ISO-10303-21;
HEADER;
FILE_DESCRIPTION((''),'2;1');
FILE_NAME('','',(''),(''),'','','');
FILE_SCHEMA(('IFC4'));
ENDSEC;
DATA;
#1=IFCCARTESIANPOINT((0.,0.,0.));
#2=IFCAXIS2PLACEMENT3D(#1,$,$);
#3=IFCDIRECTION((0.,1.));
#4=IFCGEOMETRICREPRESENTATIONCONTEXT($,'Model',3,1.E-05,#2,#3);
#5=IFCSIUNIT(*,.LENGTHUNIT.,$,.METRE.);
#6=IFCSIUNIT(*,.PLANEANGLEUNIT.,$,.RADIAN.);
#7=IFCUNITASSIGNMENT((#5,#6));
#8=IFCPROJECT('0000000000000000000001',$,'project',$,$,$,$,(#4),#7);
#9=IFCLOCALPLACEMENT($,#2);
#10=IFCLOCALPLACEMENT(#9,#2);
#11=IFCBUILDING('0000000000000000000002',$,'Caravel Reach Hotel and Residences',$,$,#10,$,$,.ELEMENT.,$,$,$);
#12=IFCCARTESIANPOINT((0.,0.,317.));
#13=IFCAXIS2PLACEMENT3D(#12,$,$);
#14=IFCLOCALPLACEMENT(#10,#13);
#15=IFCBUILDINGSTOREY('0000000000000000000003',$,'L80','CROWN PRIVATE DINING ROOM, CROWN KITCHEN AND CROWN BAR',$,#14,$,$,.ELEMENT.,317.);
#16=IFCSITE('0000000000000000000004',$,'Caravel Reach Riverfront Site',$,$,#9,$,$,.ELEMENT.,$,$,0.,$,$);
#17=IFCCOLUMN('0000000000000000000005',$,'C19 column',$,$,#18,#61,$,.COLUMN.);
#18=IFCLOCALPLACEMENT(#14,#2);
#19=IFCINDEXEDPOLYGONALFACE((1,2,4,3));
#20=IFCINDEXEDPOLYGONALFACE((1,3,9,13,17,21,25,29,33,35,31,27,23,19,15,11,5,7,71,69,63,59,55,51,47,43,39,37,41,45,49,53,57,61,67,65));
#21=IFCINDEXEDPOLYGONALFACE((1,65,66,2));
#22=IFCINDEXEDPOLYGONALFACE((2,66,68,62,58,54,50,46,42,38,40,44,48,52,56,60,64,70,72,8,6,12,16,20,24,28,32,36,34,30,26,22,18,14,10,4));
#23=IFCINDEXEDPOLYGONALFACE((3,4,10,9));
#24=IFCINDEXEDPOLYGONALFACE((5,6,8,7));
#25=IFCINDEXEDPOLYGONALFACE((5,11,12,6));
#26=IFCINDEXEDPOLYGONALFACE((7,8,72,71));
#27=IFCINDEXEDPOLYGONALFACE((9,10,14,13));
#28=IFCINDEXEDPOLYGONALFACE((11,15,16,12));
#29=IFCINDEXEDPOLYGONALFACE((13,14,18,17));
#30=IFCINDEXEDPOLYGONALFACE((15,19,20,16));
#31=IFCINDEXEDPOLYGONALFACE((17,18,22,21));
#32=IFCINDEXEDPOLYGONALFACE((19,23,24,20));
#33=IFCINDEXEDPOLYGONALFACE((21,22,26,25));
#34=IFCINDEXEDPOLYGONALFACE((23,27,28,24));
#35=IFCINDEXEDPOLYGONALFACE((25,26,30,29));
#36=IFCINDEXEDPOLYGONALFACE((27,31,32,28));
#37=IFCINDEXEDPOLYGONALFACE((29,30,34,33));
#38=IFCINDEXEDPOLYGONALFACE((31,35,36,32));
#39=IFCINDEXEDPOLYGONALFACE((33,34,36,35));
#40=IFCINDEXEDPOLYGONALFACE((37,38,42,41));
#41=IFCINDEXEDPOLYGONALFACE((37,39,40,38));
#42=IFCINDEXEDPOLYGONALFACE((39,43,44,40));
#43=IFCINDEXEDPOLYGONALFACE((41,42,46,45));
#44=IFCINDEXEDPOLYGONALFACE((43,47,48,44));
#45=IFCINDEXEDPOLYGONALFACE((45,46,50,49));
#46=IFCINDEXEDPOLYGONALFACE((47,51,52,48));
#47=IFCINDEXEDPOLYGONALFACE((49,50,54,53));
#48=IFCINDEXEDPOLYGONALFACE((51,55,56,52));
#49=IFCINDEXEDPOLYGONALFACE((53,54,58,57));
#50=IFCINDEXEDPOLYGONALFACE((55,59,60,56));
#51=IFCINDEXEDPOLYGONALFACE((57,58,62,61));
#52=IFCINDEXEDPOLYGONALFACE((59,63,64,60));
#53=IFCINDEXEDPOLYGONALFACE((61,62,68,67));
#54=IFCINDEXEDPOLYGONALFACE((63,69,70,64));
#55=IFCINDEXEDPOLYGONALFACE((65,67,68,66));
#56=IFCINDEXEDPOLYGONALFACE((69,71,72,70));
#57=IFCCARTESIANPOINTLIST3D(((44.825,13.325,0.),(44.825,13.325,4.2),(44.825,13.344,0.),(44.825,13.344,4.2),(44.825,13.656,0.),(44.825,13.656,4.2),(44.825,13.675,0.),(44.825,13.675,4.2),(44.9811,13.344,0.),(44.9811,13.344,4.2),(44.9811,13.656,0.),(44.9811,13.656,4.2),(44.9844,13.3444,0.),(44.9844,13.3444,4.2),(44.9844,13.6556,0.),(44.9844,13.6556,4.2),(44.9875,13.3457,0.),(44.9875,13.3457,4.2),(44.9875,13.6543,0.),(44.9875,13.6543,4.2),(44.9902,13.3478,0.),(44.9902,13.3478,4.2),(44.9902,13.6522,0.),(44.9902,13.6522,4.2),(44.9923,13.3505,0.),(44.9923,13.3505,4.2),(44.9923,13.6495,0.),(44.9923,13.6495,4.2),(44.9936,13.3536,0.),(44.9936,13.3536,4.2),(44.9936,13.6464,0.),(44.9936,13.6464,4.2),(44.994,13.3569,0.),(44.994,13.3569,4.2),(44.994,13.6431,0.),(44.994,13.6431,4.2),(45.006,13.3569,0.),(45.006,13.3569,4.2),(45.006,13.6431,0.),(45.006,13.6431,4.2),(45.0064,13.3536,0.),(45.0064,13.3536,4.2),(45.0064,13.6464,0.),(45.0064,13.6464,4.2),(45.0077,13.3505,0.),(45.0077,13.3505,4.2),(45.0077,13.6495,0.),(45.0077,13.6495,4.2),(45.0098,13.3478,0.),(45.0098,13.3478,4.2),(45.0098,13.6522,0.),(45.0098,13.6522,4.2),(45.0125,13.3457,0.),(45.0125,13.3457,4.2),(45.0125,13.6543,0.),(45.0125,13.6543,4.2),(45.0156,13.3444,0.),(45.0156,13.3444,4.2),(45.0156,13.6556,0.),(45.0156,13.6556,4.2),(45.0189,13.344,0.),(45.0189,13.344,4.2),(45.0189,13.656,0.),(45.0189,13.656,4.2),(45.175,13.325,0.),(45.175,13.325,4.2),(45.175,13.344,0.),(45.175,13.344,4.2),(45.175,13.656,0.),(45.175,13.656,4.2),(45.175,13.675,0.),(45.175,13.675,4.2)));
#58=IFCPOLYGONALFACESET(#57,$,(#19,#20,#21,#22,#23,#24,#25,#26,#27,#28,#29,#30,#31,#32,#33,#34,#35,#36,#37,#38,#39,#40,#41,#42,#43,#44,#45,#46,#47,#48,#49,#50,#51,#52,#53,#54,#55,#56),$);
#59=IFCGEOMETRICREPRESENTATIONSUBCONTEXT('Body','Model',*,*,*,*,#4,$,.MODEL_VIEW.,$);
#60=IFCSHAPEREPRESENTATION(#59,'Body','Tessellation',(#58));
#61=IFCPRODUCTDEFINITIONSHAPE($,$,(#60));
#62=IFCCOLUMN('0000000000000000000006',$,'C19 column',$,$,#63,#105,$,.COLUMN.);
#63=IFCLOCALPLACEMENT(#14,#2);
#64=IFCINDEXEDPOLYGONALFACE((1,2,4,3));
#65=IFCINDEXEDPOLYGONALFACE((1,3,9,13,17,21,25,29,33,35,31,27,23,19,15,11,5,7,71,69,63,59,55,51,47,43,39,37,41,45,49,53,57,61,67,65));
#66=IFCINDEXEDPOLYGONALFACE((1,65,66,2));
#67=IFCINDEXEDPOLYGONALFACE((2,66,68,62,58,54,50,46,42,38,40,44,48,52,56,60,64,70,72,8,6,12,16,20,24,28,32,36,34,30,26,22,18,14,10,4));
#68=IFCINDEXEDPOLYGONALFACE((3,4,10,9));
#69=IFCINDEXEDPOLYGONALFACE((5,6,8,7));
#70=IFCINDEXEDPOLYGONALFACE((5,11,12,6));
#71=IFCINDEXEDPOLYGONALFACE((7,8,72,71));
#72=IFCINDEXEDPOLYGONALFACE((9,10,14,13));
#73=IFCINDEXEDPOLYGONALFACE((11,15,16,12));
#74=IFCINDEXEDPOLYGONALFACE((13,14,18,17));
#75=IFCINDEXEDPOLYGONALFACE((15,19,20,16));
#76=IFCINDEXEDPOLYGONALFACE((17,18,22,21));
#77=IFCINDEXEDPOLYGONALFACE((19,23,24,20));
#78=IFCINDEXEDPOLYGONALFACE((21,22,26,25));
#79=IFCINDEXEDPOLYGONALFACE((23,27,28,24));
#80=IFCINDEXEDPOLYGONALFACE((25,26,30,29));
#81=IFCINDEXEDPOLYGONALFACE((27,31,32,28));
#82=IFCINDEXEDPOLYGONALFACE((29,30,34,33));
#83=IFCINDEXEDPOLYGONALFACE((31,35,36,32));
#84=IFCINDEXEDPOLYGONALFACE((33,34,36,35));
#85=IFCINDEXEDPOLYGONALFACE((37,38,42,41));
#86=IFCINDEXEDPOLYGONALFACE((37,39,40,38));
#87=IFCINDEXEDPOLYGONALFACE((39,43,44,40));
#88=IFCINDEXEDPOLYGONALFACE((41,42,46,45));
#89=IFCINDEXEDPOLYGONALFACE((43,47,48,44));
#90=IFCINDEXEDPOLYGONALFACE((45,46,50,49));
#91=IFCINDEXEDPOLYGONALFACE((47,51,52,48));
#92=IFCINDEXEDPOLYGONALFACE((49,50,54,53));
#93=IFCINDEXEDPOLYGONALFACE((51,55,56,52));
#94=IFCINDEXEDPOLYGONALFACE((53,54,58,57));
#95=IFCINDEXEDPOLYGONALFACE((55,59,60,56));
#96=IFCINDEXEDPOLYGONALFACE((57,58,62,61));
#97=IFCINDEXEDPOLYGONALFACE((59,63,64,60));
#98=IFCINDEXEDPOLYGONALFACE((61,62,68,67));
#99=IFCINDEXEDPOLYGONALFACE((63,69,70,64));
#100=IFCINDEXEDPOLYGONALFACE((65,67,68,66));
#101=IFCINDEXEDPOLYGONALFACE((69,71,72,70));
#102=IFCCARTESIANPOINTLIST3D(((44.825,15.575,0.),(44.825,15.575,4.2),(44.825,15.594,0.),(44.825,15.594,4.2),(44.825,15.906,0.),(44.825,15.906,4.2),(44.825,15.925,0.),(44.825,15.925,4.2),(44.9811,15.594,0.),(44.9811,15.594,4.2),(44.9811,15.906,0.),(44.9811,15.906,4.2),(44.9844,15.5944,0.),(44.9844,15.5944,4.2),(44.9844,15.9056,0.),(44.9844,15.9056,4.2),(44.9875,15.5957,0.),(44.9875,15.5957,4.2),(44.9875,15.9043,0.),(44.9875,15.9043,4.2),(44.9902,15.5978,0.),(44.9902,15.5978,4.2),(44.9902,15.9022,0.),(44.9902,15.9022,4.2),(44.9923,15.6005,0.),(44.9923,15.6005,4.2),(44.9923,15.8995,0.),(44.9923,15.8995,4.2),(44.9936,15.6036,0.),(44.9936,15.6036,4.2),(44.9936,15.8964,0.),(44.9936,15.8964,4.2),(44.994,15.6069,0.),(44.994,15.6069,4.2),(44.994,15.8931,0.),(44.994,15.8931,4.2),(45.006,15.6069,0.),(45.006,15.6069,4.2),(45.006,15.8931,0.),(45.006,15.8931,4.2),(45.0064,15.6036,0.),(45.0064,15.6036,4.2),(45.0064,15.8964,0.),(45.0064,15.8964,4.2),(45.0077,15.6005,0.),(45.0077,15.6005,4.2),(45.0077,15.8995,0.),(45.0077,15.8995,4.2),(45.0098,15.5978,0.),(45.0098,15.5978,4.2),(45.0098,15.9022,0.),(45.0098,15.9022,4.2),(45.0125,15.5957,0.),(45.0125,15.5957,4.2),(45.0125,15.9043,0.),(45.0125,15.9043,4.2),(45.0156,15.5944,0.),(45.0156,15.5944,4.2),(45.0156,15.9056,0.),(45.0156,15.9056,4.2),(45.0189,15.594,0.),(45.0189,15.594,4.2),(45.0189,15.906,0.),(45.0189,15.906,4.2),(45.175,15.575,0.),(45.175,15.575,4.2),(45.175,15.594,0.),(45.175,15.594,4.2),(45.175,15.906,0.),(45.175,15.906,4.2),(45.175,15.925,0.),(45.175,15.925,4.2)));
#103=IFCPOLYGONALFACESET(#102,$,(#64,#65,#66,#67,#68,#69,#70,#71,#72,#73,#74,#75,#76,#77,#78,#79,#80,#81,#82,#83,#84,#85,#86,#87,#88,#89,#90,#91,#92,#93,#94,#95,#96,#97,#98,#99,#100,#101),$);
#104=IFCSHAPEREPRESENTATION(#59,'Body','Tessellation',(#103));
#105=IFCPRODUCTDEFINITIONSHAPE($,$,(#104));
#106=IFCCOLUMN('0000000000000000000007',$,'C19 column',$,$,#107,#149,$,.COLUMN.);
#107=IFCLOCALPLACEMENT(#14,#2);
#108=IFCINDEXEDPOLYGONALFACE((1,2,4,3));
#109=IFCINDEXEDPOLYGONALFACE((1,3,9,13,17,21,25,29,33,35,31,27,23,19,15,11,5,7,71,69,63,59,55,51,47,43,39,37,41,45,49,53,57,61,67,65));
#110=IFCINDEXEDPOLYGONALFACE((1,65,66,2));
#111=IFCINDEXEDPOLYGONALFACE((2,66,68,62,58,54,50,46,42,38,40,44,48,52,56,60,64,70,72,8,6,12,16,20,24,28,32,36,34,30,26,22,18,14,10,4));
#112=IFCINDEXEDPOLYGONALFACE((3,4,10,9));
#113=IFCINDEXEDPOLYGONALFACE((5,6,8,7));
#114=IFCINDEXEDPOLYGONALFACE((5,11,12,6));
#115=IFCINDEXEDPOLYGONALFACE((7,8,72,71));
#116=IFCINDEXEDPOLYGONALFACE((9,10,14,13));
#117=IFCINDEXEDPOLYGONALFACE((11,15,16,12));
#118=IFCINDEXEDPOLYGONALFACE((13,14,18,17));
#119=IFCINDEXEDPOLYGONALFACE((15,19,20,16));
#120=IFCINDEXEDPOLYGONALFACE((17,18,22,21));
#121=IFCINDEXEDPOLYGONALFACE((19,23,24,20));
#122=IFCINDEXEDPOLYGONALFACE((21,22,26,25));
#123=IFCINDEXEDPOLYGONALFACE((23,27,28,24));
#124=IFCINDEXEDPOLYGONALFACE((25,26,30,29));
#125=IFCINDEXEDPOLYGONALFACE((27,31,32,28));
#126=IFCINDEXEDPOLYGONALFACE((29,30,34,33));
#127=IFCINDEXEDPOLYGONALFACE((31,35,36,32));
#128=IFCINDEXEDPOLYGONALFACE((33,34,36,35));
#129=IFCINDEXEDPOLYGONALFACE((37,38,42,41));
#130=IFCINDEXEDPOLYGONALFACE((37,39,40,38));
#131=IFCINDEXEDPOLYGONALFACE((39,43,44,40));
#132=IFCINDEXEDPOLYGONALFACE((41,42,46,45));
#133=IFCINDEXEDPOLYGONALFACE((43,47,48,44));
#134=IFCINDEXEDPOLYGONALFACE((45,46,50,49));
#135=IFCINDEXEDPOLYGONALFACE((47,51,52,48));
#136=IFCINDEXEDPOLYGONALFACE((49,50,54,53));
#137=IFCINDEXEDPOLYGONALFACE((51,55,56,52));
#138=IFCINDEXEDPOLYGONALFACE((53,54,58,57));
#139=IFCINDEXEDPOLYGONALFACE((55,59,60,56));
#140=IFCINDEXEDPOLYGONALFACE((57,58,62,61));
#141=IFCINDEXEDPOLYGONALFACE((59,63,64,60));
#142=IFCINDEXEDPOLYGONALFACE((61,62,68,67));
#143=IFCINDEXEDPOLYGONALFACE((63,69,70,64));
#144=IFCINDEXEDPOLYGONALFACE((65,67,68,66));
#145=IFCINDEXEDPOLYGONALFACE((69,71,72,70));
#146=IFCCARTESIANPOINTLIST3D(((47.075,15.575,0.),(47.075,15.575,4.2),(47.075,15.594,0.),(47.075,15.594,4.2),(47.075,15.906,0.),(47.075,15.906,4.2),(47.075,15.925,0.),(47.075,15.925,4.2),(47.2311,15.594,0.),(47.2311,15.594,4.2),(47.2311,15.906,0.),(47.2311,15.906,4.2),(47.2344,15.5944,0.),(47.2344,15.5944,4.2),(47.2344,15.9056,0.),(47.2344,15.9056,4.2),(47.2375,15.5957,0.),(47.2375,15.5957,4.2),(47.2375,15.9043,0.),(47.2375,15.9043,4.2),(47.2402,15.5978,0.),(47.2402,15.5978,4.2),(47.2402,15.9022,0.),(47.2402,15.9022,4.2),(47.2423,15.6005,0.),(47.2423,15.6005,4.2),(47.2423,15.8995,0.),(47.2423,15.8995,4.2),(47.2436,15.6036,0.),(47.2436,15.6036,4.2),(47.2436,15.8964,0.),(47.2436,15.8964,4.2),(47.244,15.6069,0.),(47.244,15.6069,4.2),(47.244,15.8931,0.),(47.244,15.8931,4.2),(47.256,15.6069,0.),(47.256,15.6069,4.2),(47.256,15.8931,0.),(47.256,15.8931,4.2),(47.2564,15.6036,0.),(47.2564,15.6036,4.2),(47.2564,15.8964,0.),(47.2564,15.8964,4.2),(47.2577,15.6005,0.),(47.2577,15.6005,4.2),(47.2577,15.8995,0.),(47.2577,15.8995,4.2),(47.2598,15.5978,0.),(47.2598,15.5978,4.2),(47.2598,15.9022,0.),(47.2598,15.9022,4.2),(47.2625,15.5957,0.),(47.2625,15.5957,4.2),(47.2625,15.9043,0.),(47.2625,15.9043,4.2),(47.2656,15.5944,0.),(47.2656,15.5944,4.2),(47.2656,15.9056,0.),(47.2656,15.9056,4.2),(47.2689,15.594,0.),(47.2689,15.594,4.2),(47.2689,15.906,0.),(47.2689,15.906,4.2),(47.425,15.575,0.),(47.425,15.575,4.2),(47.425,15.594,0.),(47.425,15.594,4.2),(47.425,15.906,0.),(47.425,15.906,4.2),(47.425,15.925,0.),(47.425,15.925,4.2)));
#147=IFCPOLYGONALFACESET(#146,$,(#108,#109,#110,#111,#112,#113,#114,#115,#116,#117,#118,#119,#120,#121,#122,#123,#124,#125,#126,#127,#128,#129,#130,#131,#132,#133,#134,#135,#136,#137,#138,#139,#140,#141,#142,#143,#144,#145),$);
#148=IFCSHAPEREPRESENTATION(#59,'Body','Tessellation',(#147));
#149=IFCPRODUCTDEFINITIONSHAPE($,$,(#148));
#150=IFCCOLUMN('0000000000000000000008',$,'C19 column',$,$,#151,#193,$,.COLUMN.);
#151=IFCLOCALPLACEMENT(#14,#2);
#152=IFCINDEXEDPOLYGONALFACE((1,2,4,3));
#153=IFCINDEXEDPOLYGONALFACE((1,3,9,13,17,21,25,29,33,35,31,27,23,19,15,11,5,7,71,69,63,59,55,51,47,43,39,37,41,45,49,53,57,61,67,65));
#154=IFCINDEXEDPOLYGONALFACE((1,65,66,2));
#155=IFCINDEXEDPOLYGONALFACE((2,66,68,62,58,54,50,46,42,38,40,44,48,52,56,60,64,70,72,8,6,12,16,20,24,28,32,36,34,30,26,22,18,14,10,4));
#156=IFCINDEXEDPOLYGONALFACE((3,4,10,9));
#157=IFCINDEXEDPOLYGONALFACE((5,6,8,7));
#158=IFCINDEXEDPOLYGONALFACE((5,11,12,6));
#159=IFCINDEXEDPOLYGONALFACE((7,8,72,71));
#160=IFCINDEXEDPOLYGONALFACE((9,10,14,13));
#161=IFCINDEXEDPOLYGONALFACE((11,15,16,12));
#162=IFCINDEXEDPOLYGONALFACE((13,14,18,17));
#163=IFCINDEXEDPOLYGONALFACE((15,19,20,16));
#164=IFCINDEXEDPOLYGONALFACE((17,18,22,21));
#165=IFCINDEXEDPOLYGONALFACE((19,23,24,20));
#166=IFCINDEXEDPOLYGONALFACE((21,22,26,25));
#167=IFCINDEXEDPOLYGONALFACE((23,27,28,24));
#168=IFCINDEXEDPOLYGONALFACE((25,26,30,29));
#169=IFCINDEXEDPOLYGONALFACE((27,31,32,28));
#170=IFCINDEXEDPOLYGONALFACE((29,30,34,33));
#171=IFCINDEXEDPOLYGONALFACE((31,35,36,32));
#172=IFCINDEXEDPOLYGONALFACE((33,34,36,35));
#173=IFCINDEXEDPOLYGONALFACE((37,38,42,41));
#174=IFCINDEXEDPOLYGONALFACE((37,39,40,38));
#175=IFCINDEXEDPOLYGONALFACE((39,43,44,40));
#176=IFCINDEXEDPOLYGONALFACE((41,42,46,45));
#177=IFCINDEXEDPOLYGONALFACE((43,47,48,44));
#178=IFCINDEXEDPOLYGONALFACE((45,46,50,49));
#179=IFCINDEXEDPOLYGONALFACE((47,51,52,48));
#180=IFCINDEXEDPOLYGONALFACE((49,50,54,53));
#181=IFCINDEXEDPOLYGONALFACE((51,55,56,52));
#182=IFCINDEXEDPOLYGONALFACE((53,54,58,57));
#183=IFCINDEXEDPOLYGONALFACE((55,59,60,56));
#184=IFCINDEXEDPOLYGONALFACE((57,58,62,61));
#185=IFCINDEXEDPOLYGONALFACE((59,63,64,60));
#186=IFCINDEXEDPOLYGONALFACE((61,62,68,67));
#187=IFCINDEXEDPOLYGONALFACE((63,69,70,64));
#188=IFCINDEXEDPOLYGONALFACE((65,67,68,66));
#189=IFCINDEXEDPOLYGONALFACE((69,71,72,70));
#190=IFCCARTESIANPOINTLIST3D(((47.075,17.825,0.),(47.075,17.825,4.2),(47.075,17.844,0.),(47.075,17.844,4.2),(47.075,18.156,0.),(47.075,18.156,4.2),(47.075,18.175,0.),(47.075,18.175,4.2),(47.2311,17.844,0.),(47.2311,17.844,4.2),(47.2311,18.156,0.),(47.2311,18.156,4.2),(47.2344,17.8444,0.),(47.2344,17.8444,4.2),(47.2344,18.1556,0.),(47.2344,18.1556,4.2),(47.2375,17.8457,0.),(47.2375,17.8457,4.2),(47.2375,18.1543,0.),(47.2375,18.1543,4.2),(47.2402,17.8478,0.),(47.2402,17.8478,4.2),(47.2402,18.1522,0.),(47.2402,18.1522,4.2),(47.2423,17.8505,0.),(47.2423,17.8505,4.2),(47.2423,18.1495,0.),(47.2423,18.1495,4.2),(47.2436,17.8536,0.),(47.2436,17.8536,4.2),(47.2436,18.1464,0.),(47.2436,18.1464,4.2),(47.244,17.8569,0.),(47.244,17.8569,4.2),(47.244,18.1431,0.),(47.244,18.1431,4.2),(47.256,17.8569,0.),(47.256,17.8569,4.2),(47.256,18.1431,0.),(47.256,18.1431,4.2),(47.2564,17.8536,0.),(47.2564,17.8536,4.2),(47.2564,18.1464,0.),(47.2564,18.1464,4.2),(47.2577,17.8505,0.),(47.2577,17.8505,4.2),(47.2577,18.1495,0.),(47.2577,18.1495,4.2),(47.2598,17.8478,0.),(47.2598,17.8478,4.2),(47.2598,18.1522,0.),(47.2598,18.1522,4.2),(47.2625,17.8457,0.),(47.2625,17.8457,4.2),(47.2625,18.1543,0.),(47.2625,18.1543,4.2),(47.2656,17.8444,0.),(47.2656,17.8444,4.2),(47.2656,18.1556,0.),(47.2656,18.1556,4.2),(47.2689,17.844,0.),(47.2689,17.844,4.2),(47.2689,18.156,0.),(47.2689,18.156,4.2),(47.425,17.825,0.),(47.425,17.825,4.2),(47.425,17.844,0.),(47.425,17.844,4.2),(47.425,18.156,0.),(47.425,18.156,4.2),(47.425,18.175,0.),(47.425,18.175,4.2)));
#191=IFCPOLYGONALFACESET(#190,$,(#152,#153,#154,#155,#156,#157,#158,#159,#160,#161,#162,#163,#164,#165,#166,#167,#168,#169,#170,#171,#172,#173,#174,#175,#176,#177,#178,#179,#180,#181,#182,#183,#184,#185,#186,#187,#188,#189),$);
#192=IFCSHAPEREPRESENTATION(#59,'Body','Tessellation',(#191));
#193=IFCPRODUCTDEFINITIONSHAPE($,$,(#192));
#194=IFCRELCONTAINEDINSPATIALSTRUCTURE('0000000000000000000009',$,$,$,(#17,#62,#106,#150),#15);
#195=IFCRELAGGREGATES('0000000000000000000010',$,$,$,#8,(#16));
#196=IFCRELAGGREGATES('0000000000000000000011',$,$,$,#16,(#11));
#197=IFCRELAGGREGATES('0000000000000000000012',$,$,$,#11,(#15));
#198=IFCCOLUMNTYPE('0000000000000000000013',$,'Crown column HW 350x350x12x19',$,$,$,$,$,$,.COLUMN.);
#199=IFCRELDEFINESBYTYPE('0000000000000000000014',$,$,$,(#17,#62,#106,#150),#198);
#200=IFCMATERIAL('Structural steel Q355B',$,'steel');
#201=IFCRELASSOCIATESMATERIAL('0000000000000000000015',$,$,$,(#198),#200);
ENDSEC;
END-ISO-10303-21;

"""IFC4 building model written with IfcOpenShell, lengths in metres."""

from ifc_helpers import new_model, si_unit, direction, frame, origin, origin_2d, place, context, subcontext, project, spatial, i_section, extrude, material, material_profile, profile_set, type_object, element, save


model = new_model("IFC4")

# Units and contexts
model_context = context("Model", 3, precision=1e-05, world=origin(), true_north=direction((0.0, 1.0)))
body_context = subcontext(model_context, "Body", "Model", "MODEL_VIEW")
ifc_project = project(units=[si_unit("LENGTHUNIT", "METRE"), si_unit("PLANEANGLEUNIT", "RADIAN")], contexts=[model_context])

# Site, building, storey
site_placement = place(None, origin())
site = spatial("IfcSite", under=ifc_project, at=site_placement, Name="Caravel Reach Riverfront Site", CompositionType="ELEMENT", RefElevation=0.0)
building_placement = place(site_placement, origin())
building = spatial("IfcBuilding", under=site, at=building_placement, Name="Caravel Reach Hotel and Residences", CompositionType="ELEMENT")
storey_placement = place(building_placement, frame((0.0, 0.0, 317.0)))
storey = spatial("IfcBuildingStorey", under=building, at=storey_placement, Name="L80", Description="CROWN PRIVATE DINING ROOM, CROWN KITCHEN AND CROWN BAR", CompositionType="ELEMENT", Elevation=317.0)

# Columns
ifc_material_1 = material(Name="Structural steel Q355B", Category="steel")
ifc_material_profile_1 = material_profile(ifc_material_1, i_section(OverallWidth=0.3501, OverallDepth=0.3501, WebThickness=0.012, FlangeThickness=0.019, FilletRadius=0.0129, at=origin_2d()), Name="HW 350x350x12x19")
ifc_profile_set_1 = profile_set([ifc_material_profile_1], Name="Structural steel Q355B")
column_type = type_object("IfcColumnType", Name="Crown column HW 350x350x12x19", PredefinedType="COLUMN", material=ifc_profile_set_1)
for number, where, z_axis, x_axis, name in (
    (1, (45.0, 13.5, 0.0), (0.0, 0.0, 1.0), (1.0, 0.0, 0.0), "C19 column"),
    (2, (45.0, 15.75, 0.0), (0.0, 0.0, 1.0), (1.0, 0.0, 0.0), "C19 column"),
    (3, (47.25, 15.75, 0.0), (0.0, 0.0, 1.0), (1.0, 0.0, 0.0), "C19 column"),
    (4, (47.25, 18.0, 0.0), (0.0, 0.0, 1.0), (1.0, 0.0, 0.0), "C19 column"),
):
    element("IfcColumn", number, at=place(storey_placement, frame(where, z_axis=z_axis, x_axis=x_axis)), inside=storey, type_object=column_type, Name=name, PredefinedType="COLUMN", context=body_context, shape_type="SweptSolid", body=[
        extrude(i_section(OverallWidth=0.3501, OverallDepth=0.3501, WebThickness=0.012, FlangeThickness=0.019, FilletRadius=0.0129, at=origin_2d()), origin(), (0.0, 0.0, 1.0), 4.2),
    ])

save(model, "model.ifc")
